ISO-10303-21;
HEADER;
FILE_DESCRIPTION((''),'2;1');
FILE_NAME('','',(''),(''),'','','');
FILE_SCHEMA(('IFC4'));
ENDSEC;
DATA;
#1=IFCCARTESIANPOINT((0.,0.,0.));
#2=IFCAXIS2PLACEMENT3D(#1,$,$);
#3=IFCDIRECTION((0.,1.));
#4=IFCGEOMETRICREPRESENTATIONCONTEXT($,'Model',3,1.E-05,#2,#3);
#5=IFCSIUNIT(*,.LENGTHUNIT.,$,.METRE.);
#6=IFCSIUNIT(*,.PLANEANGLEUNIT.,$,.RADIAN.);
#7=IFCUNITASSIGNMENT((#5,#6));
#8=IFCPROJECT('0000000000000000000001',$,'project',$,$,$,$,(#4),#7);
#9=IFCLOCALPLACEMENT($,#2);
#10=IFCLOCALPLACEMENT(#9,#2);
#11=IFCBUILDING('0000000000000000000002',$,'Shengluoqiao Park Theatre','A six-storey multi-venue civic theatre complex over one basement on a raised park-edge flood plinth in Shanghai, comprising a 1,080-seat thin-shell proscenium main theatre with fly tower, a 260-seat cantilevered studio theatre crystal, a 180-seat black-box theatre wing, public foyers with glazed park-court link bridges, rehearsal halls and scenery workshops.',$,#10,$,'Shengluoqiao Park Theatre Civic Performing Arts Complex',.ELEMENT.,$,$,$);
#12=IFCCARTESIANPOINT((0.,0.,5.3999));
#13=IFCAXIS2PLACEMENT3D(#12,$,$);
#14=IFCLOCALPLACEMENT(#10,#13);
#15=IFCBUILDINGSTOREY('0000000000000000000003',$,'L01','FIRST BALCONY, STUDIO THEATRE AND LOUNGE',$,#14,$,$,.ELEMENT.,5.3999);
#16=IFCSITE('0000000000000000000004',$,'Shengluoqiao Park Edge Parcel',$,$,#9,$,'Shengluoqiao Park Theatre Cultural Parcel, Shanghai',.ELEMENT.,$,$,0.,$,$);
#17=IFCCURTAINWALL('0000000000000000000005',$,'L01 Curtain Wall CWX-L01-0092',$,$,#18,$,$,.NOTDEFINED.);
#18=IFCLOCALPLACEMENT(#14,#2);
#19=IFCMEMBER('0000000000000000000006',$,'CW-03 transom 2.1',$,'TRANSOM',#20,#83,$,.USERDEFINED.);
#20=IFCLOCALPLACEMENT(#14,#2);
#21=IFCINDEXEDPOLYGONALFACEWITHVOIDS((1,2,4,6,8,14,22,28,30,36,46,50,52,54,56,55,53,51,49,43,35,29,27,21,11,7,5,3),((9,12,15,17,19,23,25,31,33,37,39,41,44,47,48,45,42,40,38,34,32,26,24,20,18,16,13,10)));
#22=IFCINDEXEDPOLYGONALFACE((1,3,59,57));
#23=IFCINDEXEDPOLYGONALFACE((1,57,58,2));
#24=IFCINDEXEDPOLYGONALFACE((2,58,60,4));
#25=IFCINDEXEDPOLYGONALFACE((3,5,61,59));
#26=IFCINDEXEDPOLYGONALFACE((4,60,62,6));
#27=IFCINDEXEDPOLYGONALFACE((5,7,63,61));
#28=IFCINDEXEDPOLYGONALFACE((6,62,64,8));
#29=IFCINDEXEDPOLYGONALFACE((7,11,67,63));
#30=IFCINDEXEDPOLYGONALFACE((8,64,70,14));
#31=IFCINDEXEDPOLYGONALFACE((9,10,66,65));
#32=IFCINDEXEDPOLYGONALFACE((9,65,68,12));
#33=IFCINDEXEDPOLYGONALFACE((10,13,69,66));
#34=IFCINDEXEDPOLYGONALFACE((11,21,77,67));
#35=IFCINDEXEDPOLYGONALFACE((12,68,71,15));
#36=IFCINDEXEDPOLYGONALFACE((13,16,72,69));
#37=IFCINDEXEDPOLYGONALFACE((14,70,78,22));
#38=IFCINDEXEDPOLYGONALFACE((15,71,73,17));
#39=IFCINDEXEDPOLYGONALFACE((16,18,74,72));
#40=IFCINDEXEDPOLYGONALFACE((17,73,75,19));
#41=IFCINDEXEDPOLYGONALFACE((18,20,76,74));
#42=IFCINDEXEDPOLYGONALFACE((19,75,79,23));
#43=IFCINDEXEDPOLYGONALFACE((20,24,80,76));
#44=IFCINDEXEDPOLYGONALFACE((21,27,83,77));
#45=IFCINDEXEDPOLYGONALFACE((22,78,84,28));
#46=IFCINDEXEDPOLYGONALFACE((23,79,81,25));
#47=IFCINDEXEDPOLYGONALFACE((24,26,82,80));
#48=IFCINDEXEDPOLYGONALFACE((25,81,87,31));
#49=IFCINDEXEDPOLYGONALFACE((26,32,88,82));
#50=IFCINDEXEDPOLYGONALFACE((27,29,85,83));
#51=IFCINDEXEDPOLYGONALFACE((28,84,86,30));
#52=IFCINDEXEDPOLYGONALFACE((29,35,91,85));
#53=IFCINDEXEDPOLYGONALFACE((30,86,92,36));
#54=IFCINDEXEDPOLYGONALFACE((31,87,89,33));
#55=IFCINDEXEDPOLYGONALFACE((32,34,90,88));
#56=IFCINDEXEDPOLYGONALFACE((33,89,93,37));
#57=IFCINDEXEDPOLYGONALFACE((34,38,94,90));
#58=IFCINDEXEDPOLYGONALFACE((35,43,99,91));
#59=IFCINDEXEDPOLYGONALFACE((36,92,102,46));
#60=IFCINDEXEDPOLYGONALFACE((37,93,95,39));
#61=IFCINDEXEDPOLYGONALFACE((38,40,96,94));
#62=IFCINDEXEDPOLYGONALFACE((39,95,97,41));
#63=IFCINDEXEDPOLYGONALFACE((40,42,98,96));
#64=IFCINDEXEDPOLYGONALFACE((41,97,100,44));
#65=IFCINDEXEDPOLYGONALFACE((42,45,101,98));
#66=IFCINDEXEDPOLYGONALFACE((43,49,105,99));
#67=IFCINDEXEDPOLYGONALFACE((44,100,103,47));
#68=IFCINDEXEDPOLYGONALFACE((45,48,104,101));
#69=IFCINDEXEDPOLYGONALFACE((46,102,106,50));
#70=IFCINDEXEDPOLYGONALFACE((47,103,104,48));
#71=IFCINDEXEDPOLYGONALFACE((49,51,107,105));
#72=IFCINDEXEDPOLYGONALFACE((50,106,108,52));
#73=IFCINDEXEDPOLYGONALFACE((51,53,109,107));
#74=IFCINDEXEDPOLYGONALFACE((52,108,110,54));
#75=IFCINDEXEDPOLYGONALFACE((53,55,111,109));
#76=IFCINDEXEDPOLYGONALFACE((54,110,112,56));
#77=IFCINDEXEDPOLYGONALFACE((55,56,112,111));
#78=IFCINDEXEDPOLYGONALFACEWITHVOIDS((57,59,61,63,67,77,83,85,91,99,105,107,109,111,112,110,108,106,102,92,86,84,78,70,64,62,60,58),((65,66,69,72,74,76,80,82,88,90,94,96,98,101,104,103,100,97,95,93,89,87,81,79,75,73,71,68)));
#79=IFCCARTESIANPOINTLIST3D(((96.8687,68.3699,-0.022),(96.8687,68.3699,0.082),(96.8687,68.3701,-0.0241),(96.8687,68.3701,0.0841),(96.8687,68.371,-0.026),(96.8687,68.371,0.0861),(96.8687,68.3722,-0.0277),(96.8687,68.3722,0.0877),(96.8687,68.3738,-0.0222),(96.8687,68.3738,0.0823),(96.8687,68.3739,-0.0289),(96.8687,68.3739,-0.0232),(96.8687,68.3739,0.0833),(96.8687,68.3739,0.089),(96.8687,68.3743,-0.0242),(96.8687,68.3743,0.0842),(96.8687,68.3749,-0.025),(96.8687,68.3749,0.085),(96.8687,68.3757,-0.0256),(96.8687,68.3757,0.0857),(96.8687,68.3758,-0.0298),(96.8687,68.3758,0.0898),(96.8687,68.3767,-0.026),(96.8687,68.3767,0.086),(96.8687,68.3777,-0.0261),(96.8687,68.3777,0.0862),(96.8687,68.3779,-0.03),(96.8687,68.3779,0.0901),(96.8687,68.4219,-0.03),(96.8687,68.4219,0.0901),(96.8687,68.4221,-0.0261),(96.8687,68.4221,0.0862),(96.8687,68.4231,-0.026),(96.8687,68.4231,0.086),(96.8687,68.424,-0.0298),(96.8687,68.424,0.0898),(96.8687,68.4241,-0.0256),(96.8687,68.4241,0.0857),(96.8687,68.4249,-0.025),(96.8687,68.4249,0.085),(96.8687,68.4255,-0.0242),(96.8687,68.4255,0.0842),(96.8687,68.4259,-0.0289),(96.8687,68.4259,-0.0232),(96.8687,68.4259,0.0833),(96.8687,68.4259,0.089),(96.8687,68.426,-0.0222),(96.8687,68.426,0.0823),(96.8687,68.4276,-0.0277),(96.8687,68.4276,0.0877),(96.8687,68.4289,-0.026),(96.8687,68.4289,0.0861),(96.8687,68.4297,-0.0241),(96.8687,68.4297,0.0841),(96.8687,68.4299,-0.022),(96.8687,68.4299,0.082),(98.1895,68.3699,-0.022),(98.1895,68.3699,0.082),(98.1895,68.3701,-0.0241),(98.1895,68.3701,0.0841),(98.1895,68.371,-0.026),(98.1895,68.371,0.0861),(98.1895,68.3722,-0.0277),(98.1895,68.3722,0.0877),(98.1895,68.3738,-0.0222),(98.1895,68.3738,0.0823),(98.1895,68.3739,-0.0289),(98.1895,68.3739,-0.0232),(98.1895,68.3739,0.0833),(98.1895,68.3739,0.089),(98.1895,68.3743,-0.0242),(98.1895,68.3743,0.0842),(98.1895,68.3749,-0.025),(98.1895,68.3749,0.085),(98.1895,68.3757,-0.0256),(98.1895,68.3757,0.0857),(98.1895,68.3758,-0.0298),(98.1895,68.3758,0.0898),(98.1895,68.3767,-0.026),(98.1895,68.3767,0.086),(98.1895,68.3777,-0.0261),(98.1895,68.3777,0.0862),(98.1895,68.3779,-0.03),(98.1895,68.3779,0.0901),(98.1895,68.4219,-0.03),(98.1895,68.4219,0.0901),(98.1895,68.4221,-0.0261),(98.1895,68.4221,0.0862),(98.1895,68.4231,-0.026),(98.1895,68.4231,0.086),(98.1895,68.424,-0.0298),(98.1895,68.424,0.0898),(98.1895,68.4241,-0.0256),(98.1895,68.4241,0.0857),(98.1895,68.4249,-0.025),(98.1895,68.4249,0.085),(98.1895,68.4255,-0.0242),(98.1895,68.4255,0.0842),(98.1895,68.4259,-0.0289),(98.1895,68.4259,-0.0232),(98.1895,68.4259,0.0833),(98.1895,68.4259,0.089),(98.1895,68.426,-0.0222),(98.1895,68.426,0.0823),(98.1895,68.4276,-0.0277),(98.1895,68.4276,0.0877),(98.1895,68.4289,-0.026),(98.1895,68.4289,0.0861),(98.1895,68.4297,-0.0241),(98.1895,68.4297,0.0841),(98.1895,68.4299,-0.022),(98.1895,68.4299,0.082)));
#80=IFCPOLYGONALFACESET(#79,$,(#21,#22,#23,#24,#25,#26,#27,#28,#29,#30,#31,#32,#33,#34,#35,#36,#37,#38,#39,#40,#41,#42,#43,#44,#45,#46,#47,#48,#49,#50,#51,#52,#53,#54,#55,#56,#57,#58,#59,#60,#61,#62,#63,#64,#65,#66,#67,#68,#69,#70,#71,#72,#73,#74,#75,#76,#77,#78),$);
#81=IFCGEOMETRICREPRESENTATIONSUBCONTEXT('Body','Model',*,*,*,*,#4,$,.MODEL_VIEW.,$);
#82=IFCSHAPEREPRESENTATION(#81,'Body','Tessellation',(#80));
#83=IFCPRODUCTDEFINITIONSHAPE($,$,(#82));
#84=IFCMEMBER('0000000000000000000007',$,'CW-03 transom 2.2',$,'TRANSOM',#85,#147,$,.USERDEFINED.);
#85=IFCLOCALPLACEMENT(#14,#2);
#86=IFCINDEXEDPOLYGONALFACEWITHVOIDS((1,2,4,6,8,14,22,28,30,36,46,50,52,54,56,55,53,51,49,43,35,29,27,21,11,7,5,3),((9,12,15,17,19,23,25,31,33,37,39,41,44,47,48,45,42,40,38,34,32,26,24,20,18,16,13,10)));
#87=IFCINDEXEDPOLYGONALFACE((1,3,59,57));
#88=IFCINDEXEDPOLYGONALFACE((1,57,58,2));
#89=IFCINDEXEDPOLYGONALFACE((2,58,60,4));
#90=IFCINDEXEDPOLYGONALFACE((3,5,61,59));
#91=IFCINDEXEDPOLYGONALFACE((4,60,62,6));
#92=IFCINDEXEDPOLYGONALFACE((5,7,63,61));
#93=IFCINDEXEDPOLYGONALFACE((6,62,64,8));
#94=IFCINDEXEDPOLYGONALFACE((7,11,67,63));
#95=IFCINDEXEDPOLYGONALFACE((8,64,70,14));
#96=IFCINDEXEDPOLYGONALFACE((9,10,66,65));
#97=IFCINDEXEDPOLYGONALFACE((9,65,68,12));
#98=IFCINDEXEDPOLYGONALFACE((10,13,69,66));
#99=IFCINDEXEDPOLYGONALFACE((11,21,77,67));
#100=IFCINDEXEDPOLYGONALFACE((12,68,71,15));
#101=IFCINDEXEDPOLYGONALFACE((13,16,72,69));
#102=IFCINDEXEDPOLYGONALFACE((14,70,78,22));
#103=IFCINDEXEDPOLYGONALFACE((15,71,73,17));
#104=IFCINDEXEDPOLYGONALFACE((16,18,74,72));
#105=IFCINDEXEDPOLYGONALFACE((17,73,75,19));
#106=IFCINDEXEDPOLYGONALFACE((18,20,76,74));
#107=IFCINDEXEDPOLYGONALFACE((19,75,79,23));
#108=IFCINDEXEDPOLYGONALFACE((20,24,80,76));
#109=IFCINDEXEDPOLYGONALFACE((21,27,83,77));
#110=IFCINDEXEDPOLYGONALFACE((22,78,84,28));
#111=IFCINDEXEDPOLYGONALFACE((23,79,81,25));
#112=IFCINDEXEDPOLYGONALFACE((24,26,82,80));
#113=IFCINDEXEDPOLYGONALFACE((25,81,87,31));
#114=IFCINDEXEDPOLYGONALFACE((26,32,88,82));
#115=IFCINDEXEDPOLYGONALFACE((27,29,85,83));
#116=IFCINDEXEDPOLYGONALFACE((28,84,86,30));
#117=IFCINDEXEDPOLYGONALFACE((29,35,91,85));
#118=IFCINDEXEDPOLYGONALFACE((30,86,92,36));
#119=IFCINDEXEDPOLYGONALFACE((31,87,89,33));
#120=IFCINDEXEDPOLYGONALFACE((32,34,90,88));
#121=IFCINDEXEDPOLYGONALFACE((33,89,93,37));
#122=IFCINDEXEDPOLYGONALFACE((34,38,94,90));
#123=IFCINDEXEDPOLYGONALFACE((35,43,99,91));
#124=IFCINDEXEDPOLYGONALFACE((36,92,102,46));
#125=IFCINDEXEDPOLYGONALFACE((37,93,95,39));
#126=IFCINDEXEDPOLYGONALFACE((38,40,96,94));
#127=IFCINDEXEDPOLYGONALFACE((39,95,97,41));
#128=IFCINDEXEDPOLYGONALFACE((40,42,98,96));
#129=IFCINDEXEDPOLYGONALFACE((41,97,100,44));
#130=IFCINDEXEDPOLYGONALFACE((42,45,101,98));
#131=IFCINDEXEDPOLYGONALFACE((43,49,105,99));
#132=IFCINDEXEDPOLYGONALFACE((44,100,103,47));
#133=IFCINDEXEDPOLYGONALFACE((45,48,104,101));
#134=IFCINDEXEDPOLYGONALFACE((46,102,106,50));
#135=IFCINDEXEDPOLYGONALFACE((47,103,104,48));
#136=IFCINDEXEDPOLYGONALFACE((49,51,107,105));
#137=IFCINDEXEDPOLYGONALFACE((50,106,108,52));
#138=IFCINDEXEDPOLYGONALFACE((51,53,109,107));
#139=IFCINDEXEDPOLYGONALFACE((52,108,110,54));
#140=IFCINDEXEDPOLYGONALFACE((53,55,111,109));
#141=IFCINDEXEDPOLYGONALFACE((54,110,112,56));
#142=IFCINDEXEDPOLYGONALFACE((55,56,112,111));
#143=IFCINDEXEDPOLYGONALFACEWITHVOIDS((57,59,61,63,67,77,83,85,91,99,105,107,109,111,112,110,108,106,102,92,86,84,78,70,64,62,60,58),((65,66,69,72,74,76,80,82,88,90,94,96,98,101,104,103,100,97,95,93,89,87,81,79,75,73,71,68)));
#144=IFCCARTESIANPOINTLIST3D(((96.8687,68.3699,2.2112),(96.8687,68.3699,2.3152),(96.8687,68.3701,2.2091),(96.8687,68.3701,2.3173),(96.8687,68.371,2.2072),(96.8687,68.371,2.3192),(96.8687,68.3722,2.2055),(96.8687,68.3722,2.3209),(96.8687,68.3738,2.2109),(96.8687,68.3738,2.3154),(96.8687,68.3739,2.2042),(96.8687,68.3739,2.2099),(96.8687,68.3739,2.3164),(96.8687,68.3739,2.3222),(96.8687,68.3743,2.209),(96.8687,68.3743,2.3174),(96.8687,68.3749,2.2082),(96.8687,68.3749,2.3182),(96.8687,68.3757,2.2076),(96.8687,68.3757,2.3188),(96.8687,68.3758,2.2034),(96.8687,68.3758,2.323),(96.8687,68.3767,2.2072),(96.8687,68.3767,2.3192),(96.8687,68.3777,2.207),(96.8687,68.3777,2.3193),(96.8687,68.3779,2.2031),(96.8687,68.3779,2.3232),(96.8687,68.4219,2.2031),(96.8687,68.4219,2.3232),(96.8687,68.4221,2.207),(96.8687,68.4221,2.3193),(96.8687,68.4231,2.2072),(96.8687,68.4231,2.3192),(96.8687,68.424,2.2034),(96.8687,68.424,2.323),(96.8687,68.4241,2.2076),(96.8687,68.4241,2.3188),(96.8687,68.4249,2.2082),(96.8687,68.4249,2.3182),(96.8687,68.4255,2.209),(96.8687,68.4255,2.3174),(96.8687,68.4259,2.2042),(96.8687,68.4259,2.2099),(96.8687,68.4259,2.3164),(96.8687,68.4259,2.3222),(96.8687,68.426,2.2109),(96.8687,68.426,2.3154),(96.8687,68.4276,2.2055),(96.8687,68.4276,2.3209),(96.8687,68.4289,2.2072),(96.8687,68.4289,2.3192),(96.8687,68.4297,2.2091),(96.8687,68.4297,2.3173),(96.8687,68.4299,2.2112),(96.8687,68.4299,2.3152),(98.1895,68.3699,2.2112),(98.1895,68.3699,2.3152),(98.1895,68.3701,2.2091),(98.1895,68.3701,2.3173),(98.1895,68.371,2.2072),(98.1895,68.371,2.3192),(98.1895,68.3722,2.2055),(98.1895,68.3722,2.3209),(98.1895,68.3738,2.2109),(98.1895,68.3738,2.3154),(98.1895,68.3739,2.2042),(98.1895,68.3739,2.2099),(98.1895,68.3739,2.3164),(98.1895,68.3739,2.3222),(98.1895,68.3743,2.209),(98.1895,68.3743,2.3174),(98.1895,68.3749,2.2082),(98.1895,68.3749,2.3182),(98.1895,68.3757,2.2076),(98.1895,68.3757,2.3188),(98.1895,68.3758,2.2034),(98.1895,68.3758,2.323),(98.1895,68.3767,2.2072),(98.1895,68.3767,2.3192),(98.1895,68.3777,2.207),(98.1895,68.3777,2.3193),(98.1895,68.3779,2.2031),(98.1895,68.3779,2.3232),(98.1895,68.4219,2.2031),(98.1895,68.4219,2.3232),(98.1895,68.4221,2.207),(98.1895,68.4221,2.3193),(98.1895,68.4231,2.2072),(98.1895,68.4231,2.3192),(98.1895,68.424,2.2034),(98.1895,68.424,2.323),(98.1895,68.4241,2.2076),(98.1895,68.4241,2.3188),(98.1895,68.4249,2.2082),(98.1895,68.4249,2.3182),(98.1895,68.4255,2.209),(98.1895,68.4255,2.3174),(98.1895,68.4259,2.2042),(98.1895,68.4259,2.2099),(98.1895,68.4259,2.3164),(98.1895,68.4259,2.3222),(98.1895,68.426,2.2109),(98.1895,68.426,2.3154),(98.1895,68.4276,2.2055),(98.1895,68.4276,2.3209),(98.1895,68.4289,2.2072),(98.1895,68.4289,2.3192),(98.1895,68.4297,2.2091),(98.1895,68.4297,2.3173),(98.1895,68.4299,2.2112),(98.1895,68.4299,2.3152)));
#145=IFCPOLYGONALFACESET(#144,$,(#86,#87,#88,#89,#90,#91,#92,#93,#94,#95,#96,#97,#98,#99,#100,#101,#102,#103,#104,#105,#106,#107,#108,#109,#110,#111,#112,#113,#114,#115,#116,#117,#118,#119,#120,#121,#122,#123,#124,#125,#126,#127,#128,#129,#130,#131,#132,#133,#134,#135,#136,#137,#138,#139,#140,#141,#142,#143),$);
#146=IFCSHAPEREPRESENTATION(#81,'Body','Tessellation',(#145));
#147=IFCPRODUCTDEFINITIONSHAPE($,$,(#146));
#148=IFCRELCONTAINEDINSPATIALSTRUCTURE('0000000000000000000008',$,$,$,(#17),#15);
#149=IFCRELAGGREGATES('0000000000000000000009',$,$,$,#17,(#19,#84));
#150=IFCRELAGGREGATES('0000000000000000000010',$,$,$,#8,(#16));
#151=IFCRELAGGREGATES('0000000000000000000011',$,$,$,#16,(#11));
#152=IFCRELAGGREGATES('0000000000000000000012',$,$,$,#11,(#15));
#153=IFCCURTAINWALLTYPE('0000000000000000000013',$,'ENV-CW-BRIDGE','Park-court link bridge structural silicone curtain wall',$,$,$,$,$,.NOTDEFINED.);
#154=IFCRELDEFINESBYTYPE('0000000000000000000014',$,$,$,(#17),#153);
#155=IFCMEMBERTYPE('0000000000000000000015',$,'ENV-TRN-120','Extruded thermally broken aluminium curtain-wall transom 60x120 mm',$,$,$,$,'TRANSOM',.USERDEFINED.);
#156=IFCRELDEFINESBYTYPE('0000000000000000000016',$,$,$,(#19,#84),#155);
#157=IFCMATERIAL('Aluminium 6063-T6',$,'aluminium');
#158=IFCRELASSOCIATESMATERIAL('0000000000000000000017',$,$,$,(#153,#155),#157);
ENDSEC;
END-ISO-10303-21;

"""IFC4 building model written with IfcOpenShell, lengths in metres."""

from ifc_helpers import new_model, si_unit, direction, frame, origin, origin_2d, place, context, subcontext, project, spatial, hollow_rectangle, extrude, material, material_profile, profile_set, type_object, element, aggregate, save


model = new_model("IFC4")

# Units and contexts
model_context = context("Model", 3, precision=1e-05, world=origin(), true_north=direction((0.0, 1.0)))
body_context = subcontext(model_context, "Body", "Model", "MODEL_VIEW")
ifc_project = project(units=[si_unit("LENGTHUNIT", "METRE"), si_unit("PLANEANGLEUNIT", "RADIAN")], contexts=[model_context])

# Site, building, storey
site_placement = place(None, origin())
site = spatial("IfcSite", under=ifc_project, at=site_placement, Name="Shengluoqiao Park Edge Parcel", LongName="Shengluoqiao Park Theatre Cultural Parcel, Shanghai", CompositionType="ELEMENT", RefElevation=0.0)
building_placement = place(site_placement, origin())
building = spatial("IfcBuilding", under=site, at=building_placement, Name="Shengluoqiao Park Theatre", Description="A six-storey multi-venue civic theatre complex over one basement on a raised park-edge flood plinth in Shanghai, comprising a 1,080-seat thin-shell proscenium main theatre with fly tower, a 260-seat cantilevered studio theatre crystal, a 180-seat black-box theatre wing, public foyers with glazed park-court link bridges, rehearsal halls and scenery workshops.", LongName="Shengluoqiao Park Theatre Civic Performing Arts Complex", CompositionType="ELEMENT")
storey_placement = place(building_placement, frame((0.0, 0.0, 5.3999)))
storey = spatial("IfcBuildingStorey", under=building, at=storey_placement, Name="L01", Description="FIRST BALCONY, STUDIO THEATRE AND LOUNGE", CompositionType="ELEMENT", Elevation=5.3999)

# Curtain wall
ifc_material_1 = material(Name="Aluminium 6063-T6", Category="aluminium")
curtain_wall_type = type_object("IfcCurtainWallType", Name="ENV-CW-BRIDGE", Description="Park-court link bridge structural silicone curtain wall", PredefinedType="NOTDEFINED", material=ifc_material_1)
curtain_wall_1_placement = place(storey_placement, origin())
curtain_wall_1 = element("IfcCurtainWall", 1, at=curtain_wall_1_placement, inside=storey, type_object=curtain_wall_type, Name="L01 Curtain Wall CWX-L01-0092", PredefinedType="NOTDEFINED")

# Members
ifc_material_profile_1 = material_profile(ifc_material_1, hollow_rectangle(XDim=0.0601, YDim=0.1201, WallThickness=0.0039, InnerFilletRadius=0.0039, OuterFilletRadius=0.0081, at=origin_2d()), Name="ALU TRANSOM 120x60x4")
ifc_profile_set_1 = profile_set([ifc_material_profile_1], Name="Aluminium 6063-T6")
member_type_1 = type_object("IfcMemberType", Name="ENV-TRN-120", Description="Extruded thermally broken aluminium curtain-wall transom 60x120 mm", ElementType="TRANSOM", PredefinedType="USERDEFINED", material=ifc_profile_set_1)
member_1_placement = place(storey_placement, frame((96.8687, 68.3999, 0.03), z_axis=(1.0, 0.0, 0.0), x_axis=(0.0, 1.0, 0.0)))
member_1 = element("IfcMember", 2, at=member_1_placement, type_object=member_type_1, Name="CW-03 transom 2.1", ObjectType="TRANSOM", PredefinedType="USERDEFINED", context=body_context, shape_type="SweptSolid", body=[
    extrude(hollow_rectangle(XDim=0.0601, YDim=0.1201, WallThickness=0.0039, InnerFilletRadius=0.0039, OuterFilletRadius=0.0081, at=origin_2d()), origin(), (0.0, 0.0, 1.0), 1.3208),
])
member_2_placement = place(storey_placement, frame((96.8687, 68.3999, 2.2632), z_axis=(1.0, 0.0, 0.0), x_axis=(0.0, 1.0, 0.0)))
member_2 = element("IfcMember", 3, at=member_2_placement, type_object=member_type_1, Name="CW-03 transom 2.2", ObjectType="TRANSOM", PredefinedType="USERDEFINED", context=body_context, shape_type="SweptSolid", body=[
    extrude(hollow_rectangle(XDim=0.0601, YDim=0.1201, WallThickness=0.0039, InnerFilletRadius=0.0039, OuterFilletRadius=0.0081, at=origin_2d()), origin(), (0.0, 0.0, 1.0), 1.3208),
])

aggregate(curtain_wall_1, [member_1, member_2])

save(model, "model.ifc")
